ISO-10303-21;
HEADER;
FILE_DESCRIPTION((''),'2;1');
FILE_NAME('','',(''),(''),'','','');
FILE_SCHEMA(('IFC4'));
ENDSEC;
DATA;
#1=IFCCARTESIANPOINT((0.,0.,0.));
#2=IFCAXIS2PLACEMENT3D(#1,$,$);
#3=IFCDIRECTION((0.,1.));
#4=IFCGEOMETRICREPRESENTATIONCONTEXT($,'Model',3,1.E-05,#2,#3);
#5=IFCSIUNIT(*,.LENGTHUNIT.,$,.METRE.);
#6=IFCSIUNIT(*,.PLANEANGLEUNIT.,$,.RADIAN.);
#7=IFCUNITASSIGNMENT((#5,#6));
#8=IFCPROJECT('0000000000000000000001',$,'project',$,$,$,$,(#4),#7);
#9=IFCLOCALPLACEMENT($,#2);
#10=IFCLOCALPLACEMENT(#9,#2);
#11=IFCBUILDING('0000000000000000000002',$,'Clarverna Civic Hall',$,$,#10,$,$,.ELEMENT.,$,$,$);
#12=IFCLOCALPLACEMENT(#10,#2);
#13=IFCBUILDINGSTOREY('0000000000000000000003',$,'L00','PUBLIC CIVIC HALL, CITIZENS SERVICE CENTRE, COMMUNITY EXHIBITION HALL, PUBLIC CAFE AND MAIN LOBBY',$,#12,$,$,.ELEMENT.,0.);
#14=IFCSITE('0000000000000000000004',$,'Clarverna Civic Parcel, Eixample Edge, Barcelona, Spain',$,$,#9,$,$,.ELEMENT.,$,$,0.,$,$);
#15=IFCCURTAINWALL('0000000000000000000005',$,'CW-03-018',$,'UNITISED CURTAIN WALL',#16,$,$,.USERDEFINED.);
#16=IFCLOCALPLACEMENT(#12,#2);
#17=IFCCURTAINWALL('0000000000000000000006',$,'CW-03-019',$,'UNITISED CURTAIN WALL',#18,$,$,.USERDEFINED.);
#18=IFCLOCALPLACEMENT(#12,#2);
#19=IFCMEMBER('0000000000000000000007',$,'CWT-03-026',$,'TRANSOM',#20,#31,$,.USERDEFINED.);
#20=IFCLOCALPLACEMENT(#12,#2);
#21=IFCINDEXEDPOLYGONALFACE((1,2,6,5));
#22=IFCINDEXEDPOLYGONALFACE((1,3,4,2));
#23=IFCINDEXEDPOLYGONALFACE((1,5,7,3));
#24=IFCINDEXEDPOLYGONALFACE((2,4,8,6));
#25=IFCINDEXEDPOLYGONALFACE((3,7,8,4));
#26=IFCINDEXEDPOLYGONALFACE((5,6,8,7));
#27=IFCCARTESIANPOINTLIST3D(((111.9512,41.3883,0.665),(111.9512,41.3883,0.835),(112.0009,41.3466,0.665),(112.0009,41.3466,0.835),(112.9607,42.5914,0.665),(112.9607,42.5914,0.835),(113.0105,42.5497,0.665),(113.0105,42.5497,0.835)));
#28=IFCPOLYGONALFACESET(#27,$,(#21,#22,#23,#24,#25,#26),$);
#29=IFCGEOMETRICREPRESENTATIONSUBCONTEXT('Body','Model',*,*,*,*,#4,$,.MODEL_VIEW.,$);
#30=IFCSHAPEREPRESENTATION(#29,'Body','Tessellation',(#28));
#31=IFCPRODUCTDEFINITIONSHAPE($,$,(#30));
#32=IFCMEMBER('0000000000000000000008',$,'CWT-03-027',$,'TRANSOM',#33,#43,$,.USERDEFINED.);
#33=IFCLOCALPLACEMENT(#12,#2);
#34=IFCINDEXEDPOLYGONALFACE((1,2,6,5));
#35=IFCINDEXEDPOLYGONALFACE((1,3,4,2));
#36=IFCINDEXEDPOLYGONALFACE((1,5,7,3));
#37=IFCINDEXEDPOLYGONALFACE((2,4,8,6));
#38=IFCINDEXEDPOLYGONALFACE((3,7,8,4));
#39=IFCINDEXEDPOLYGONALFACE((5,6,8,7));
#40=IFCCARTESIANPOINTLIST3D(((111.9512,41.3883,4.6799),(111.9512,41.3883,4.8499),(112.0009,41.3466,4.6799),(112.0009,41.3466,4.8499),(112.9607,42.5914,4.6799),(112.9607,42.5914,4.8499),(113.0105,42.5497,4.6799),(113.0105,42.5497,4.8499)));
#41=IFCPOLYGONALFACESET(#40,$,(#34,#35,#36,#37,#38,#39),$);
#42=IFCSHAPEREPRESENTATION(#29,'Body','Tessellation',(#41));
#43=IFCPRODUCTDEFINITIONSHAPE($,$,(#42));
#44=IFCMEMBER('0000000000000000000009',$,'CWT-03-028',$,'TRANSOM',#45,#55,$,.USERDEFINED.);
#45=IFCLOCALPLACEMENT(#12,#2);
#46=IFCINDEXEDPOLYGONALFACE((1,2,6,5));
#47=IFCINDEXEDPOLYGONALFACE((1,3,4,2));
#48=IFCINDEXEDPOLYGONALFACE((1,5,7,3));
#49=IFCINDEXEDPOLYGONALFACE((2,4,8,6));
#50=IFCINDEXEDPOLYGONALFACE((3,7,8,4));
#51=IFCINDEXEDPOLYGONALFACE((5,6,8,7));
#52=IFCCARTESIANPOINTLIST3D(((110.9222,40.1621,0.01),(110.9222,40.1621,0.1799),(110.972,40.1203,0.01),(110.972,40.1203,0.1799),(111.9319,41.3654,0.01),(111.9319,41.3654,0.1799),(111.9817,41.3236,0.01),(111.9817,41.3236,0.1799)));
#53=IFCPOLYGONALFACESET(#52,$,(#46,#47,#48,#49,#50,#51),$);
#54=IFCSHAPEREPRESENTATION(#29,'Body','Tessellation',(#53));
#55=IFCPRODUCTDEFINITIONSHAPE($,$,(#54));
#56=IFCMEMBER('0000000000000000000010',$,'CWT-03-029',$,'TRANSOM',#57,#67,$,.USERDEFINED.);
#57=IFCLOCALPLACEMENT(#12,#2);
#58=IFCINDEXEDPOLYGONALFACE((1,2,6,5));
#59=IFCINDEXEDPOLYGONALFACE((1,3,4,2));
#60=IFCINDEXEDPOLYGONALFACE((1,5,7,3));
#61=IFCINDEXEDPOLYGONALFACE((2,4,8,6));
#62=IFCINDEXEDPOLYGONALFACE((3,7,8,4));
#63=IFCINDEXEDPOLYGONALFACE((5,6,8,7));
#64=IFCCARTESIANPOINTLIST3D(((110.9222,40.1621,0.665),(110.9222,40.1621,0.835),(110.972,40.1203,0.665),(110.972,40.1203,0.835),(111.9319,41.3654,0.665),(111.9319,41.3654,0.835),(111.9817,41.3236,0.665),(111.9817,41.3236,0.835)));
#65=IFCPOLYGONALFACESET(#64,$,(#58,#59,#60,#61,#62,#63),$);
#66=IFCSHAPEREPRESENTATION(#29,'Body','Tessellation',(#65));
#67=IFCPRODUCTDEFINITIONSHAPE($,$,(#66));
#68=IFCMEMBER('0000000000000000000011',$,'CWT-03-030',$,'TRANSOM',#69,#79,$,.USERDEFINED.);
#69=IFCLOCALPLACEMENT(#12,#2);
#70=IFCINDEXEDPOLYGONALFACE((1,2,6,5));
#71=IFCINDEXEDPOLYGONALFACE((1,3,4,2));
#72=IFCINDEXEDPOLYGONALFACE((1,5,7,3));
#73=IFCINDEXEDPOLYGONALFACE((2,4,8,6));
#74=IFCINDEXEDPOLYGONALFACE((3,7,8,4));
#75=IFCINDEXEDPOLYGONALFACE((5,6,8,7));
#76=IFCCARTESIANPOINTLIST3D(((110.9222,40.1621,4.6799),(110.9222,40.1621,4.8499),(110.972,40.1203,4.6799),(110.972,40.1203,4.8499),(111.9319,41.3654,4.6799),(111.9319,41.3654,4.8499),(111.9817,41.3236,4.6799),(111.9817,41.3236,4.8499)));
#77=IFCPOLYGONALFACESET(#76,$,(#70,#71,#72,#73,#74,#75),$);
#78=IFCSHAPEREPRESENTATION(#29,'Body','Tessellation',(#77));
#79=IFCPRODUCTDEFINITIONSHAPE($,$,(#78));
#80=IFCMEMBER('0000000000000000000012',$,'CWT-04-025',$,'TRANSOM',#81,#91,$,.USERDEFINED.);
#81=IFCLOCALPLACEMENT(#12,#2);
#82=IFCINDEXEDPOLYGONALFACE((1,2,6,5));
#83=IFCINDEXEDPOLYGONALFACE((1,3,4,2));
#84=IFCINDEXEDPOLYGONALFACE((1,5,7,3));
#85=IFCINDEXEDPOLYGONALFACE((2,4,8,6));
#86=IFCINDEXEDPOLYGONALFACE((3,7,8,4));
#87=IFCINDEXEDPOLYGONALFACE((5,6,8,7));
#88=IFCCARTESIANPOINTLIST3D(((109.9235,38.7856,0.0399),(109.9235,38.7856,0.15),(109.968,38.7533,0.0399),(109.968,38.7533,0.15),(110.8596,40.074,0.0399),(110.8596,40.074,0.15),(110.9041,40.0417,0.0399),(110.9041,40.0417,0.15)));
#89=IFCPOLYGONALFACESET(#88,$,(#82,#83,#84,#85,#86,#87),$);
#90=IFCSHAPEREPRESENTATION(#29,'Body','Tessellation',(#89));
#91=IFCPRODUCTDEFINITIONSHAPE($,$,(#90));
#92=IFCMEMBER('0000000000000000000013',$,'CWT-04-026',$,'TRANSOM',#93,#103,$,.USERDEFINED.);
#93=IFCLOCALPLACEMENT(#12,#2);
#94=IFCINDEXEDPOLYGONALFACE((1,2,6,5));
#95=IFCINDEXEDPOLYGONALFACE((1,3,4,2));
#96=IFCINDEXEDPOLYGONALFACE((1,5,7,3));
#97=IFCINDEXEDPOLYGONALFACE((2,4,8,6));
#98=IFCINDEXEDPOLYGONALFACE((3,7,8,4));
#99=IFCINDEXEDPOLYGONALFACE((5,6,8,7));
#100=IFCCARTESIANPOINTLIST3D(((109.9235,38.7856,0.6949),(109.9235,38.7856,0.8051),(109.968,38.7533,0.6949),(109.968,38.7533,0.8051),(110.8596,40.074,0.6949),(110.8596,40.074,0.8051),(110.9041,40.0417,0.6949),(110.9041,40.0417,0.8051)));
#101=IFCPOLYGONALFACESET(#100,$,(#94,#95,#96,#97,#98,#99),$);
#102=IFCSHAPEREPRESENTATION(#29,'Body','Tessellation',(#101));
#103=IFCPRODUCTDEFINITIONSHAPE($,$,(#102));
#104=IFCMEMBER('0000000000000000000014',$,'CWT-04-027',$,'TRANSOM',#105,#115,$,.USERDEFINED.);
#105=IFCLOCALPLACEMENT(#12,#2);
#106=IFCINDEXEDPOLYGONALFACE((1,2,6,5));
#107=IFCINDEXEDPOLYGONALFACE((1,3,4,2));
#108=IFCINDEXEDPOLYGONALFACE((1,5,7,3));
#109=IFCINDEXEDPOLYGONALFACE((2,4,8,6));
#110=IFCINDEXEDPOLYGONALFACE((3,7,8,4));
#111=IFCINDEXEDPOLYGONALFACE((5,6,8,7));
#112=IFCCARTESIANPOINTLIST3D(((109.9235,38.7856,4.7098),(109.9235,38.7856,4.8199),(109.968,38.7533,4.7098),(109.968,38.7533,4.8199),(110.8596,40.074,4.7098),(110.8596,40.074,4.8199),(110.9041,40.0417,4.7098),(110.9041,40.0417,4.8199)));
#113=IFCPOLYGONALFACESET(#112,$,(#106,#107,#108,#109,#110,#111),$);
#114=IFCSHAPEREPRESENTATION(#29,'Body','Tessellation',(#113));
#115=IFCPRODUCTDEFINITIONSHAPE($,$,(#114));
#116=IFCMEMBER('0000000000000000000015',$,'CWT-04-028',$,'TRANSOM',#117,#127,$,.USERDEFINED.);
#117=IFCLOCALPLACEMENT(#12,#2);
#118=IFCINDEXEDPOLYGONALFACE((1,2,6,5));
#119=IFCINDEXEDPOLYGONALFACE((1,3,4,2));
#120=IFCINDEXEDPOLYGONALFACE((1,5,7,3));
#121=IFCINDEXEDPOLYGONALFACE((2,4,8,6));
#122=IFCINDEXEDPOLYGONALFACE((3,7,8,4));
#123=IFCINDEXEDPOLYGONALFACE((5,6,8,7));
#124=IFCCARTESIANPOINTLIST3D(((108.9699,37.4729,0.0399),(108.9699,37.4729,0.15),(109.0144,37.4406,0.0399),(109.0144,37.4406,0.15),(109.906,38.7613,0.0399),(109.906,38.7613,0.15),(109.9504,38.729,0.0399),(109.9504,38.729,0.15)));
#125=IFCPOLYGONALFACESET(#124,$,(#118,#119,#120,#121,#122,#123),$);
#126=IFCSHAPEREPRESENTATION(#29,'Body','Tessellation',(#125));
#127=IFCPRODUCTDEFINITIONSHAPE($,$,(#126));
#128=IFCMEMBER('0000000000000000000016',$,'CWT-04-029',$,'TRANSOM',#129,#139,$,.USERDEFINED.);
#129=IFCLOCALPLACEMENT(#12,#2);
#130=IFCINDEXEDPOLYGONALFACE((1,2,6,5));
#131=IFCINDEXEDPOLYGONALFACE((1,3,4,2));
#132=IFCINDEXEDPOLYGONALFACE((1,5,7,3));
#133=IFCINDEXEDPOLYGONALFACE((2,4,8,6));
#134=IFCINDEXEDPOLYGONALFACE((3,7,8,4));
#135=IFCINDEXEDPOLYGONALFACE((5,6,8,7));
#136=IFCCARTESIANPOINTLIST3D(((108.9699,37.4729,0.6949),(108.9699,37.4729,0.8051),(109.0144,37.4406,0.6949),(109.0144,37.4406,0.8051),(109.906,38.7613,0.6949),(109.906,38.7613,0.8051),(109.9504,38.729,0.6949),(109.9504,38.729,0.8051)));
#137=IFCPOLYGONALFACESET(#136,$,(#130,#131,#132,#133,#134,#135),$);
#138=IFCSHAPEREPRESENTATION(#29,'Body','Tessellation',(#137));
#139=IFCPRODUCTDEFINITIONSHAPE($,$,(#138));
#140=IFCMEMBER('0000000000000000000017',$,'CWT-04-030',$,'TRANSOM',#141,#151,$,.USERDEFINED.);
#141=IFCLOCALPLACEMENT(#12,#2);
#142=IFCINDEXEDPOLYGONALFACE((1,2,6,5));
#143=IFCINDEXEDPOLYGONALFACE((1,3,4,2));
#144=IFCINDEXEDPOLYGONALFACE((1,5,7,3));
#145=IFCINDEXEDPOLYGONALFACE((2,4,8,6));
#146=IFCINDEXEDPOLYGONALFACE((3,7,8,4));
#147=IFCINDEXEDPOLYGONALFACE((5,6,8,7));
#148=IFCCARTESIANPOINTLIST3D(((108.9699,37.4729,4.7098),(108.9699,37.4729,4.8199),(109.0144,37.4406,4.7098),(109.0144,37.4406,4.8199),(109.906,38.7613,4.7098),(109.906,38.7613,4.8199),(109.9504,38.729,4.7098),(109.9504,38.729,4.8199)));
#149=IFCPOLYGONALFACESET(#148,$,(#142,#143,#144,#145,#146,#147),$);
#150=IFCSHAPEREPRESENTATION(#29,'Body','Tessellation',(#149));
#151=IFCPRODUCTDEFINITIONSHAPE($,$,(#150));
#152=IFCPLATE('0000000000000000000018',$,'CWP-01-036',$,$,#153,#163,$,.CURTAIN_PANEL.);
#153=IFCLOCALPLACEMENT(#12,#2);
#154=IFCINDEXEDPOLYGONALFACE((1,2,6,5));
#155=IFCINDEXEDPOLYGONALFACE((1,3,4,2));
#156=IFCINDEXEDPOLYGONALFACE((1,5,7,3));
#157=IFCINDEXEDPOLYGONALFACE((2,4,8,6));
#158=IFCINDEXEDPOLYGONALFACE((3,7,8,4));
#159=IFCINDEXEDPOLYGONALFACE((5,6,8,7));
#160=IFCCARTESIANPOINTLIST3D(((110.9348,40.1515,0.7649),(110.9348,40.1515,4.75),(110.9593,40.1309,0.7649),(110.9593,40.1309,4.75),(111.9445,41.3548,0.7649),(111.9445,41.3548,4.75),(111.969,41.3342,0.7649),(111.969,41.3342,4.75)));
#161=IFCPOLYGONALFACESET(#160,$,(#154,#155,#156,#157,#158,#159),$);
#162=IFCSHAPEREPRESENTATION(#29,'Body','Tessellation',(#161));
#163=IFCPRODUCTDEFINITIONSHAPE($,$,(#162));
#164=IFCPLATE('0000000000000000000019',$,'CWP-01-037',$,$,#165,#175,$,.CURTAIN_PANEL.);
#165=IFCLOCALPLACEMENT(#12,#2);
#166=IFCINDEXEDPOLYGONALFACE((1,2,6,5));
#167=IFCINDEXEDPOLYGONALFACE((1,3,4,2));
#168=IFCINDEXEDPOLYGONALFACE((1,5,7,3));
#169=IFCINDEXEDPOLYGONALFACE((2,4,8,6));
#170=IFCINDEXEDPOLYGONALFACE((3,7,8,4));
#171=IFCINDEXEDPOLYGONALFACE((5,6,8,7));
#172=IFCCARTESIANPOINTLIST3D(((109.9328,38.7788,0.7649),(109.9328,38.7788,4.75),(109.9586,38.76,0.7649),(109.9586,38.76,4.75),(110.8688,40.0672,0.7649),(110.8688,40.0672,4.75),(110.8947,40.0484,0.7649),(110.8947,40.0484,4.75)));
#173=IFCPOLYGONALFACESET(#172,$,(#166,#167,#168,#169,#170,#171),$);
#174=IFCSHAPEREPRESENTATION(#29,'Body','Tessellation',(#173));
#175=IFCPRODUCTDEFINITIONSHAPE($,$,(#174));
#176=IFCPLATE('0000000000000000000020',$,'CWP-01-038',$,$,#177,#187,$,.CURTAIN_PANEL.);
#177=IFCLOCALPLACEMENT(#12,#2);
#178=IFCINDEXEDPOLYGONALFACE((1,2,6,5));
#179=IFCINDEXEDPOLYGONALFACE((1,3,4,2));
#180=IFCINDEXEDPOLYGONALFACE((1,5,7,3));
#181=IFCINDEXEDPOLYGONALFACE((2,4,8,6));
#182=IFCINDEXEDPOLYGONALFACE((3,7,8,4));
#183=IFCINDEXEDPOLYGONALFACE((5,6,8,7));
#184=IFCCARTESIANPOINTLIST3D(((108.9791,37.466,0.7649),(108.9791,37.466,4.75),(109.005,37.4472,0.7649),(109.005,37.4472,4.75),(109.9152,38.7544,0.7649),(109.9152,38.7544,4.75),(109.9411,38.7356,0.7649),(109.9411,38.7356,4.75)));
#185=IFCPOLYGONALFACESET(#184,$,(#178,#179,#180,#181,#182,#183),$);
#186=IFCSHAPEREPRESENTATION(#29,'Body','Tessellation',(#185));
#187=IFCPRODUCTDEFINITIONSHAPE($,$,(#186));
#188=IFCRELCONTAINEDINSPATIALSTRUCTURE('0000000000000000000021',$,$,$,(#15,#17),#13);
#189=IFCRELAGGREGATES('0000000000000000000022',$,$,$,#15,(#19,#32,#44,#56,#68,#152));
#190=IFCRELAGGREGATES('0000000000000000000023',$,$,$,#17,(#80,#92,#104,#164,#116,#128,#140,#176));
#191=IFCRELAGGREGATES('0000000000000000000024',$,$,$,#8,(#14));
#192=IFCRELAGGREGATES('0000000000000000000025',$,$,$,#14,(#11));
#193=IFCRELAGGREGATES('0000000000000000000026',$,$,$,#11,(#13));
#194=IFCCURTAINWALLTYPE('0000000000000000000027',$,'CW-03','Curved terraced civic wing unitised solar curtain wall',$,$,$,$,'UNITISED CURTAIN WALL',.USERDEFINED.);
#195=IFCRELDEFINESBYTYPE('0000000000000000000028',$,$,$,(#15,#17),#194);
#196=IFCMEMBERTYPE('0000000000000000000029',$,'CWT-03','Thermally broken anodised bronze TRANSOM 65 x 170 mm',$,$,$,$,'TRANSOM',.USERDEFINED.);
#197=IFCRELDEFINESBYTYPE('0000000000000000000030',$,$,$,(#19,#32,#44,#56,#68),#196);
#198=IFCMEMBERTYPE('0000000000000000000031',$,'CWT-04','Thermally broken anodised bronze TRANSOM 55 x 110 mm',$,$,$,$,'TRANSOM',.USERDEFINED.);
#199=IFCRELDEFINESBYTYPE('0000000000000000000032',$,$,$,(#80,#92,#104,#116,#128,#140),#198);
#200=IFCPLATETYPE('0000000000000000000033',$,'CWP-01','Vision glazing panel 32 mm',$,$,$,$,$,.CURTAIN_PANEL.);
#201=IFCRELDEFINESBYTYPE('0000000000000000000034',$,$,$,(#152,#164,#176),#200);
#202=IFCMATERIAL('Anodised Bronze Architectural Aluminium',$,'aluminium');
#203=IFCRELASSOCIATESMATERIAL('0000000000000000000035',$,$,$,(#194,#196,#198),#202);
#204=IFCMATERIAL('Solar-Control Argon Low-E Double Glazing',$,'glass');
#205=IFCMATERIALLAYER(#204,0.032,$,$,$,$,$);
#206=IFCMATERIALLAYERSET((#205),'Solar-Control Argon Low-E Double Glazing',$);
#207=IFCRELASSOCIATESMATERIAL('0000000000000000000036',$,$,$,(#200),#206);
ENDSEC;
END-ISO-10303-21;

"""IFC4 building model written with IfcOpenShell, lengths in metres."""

from ifc_helpers import new_model, si_unit, direction, frame, frame_2d, origin, origin_2d, place, context, subcontext, project, spatial, rectangle, extrude, material, layer, layer_set, material_profile, profile_set, type_object, element, aggregate, save


model = new_model("IFC4")

# Units and contexts
model_context = context("Model", 3, precision=1e-05, world=origin(), true_north=direction((0.0, 1.0)))
body_context = subcontext(model_context, "Body", "Model", "MODEL_VIEW")
ifc_project = project(units=[si_unit("LENGTHUNIT", "METRE"), si_unit("PLANEANGLEUNIT", "RADIAN")], contexts=[model_context])

# Site, building, storey
site_placement = place(None, origin())
site = spatial("IfcSite", under=ifc_project, at=site_placement, Name="Clarverna Civic Parcel, Eixample Edge, Barcelona, Spain", CompositionType="ELEMENT", RefElevation=0.0)
building_placement = place(site_placement, origin())
building = spatial("IfcBuilding", under=site, at=building_placement, Name="Clarverna Civic Hall", CompositionType="ELEMENT")
storey_placement = place(building_placement, origin())
storey = spatial("IfcBuildingStorey", under=building, at=storey_placement, Name="L00", Description="PUBLIC CIVIC HALL, CITIZENS SERVICE CENTRE, COMMUNITY EXHIBITION HALL, PUBLIC CAFE AND MAIN LOBBY", CompositionType="ELEMENT", Elevation=0.0)

# Curtain walls
ifc_material_1 = material(Name="Anodised Bronze Architectural Aluminium", Category="aluminium")
curtain_wall_type = type_object("IfcCurtainWallType", Name="CW-03", Description="Curved terraced civic wing unitised solar curtain wall", ElementType="UNITISED CURTAIN WALL", PredefinedType="USERDEFINED", material=ifc_material_1)
curtain_wall_1_placement = place(storey_placement, origin())
curtain_wall_1 = element("IfcCurtainWall", 1, at=curtain_wall_1_placement, inside=storey, type_object=curtain_wall_type, Name="CW-03-018", ObjectType="UNITISED CURTAIN WALL", PredefinedType="USERDEFINED")
curtain_wall_2_placement = place(storey_placement, origin())
curtain_wall_2 = element("IfcCurtainWall", 2, at=curtain_wall_2_placement, inside=storey, type_object=curtain_wall_type, Name="CW-03-019", ObjectType="UNITISED CURTAIN WALL", PredefinedType="USERDEFINED")

# Members
ifc_material_profile_1 = material_profile(ifc_material_1, rectangle(XDim=0.0649, YDim=0.1699, at=origin_2d()), Name="BRONZE 65x170")
ifc_profile_set_1 = profile_set([ifc_material_profile_1], Name="Anodised Bronze Architectural Aluminium")
member_type_1 = type_object("IfcMemberType", Name="CWT-03", Description="Thermally broken anodised bronze TRANSOM 65 x 170 mm", ElementType="TRANSOM", PredefinedType="USERDEFINED", material=ifc_profile_set_1)
member_1_placement = place(storey_placement, frame((112.9856, 42.5706, 0.75), z_axis=(-0.64278, -0.766051, 0.0), x_axis=(0.766051, -0.64278, 0.0)))
member_1 = element("IfcMember", 3, at=member_1_placement, type_object=member_type_1, Name="CWT-03-026", ObjectType="TRANSOM", PredefinedType="USERDEFINED", context=body_context, shape_type="SweptSolid", body=[
    extrude(rectangle(XDim=0.0649, YDim=0.1699, at=origin_2d()), origin(), (0.0, 0.0, 1.0), 1.5706),
])
member_2_placement = place(storey_placement, frame((112.9856, 42.5706, 4.7649), z_axis=(-0.64278, -0.766051, 0.0), x_axis=(0.766051, -0.64278, 0.0)))
member_2 = element("IfcMember", 4, at=member_2_placement, type_object=member_type_1, Name="CWT-03-027", ObjectType="TRANSOM", PredefinedType="USERDEFINED", context=body_context, shape_type="SweptSolid", body=[
    extrude(rectangle(XDim=0.0649, YDim=0.1699, at=origin_2d()), origin(), (0.0, 0.0, 1.0), 1.5706),
])
member_3_placement = place(storey_placement, frame((111.9568, 41.3445, 0.095), z_axis=(-0.642795, -0.766038, 0.0), x_axis=(0.766038, -0.642795, 0.0)))
member_3 = element("IfcMember", 5, at=member_3_placement, type_object=member_type_1, Name="CWT-03-028", ObjectType="TRANSOM", PredefinedType="USERDEFINED", context=body_context, shape_type="SweptSolid", body=[
    extrude(rectangle(XDim=0.0649, YDim=0.1699, at=origin_2d()), origin(), (0.0, 0.0, 1.0), 1.5708),
])
member_4_placement = place(storey_placement, frame((111.9568, 41.3445, 0.75), z_axis=(-0.642795, -0.766038, 0.0), x_axis=(0.766038, -0.642795, 0.0)))
member_4 = element("IfcMember", 6, at=member_4_placement, type_object=member_type_1, Name="CWT-03-029", ObjectType="TRANSOM", PredefinedType="USERDEFINED", context=body_context, shape_type="SweptSolid", body=[
    extrude(rectangle(XDim=0.0649, YDim=0.1699, at=origin_2d()), origin(), (0.0, 0.0, 1.0), 1.5708),
])
member_5_placement = place(storey_placement, frame((111.9568, 41.3445, 4.7649), z_axis=(-0.642795, -0.766038, 0.0), x_axis=(0.766038, -0.642795, 0.0)))
member_5 = element("IfcMember", 7, at=member_5_placement, type_object=member_type_1, Name="CWT-03-030", ObjectType="TRANSOM", PredefinedType="USERDEFINED", context=body_context, shape_type="SweptSolid", body=[
    extrude(rectangle(XDim=0.0649, YDim=0.1699, at=origin_2d()), origin(), (0.0, 0.0, 1.0), 1.5708),
])
ifc_material_profile_2 = material_profile(ifc_material_1, rectangle(XDim=0.0549, YDim=0.1101, at=origin_2d()), Name="BRONZE 55x110")
ifc_profile_set_2 = profile_set([ifc_material_profile_2], Name="Anodised Bronze Architectural Aluminium")
member_type_2 = type_object("IfcMemberType", Name="CWT-04", Description="Thermally broken anodised bronze TRANSOM 55 x 110 mm", ElementType="TRANSOM", PredefinedType="USERDEFINED", material=ifc_profile_set_2)
member_6_placement = place(storey_placement, frame((110.8818, 40.0579, 0.095), z_axis=(-0.587789, -0.809014, 0.0), x_axis=(0.809014, -0.587789, 0.0)))
member_6 = element("IfcMember", 8, at=member_6_placement, type_object=member_type_2, Name="CWT-04-025", ObjectType="TRANSOM", PredefinedType="USERDEFINED", context=body_context, shape_type="SweptSolid", body=[
    extrude(rectangle(XDim=0.0549, YDim=0.1101, at=origin_2d()), origin(), (0.0, 0.0, 1.0), 1.5925),
])
member_7_placement = place(storey_placement, frame((110.8818, 40.0579, 0.75), z_axis=(-0.587789, -0.809014, 0.0), x_axis=(0.809014, -0.587789, 0.0)))
member_7 = element("IfcMember", 9, at=member_7_placement, type_object=member_type_2, Name="CWT-04-026", ObjectType="TRANSOM", PredefinedType="USERDEFINED", context=body_context, shape_type="SweptSolid", body=[
    extrude(rectangle(XDim=0.0549, YDim=0.1101, at=origin_2d()), origin(), (0.0, 0.0, 1.0), 1.5925),
])
member_8_placement = place(storey_placement, frame((110.8818, 40.0579, 4.7649), z_axis=(-0.587789, -0.809014, 0.0), x_axis=(0.809014, -0.587789, 0.0)))
member_8 = element("IfcMember", 10, at=member_8_placement, type_object=member_type_2, Name="CWT-04-027", ObjectType="TRANSOM", PredefinedType="USERDEFINED", context=body_context, shape_type="SweptSolid", body=[
    extrude(rectangle(XDim=0.0549, YDim=0.1101, at=origin_2d()), origin(), (0.0, 0.0, 1.0), 1.5925),
])
member_9_placement = place(storey_placement, frame((109.9282, 38.7451, 0.095), z_axis=(-0.587789, -0.809014, 0.0), x_axis=(0.809014, -0.587789, 0.0)))
member_9 = element("IfcMember", 11, at=member_9_placement, type_object=member_type_2, Name="CWT-04-028", ObjectType="TRANSOM", PredefinedType="USERDEFINED", context=body_context, shape_type="SweptSolid", body=[
    extrude(rectangle(XDim=0.0549, YDim=0.1101, at=origin_2d()), origin(), (0.0, 0.0, 1.0), 1.5925),
])
member_10_placement = place(storey_placement, frame((109.9282, 38.7451, 0.75), z_axis=(-0.587789, -0.809014, 0.0), x_axis=(0.809014, -0.587789, 0.0)))
member_10 = element("IfcMember", 12, at=member_10_placement, type_object=member_type_2, Name="CWT-04-029", ObjectType="TRANSOM", PredefinedType="USERDEFINED", context=body_context, shape_type="SweptSolid", body=[
    extrude(rectangle(XDim=0.0549, YDim=0.1101, at=origin_2d()), origin(), (0.0, 0.0, 1.0), 1.5925),
])
member_11_placement = place(storey_placement, frame((109.9282, 38.7451, 4.7649), z_axis=(-0.587789, -0.809014, 0.0), x_axis=(0.809014, -0.587789, 0.0)))
member_11 = element("IfcMember", 13, at=member_11_placement, type_object=member_type_2, Name="CWT-04-030", ObjectType="TRANSOM", PredefinedType="USERDEFINED", context=body_context, shape_type="SweptSolid", body=[
    extrude(rectangle(XDim=0.0549, YDim=0.1101, at=origin_2d()), origin(), (0.0, 0.0, 1.0), 1.5925),
])

# Plates
ifc_material_2 = material(Name="Solar-Control Argon Low-E Double Glazing", Category="glass")
ifc_layer_1 = layer(ifc_material_2, 0.032)
ifc_layer_set_1 = layer_set([ifc_layer_1], Name="Solar-Control Argon Low-E Double Glazing")
plate_type_1 = type_object("IfcPlateType", Name="CWP-01", Description="Vision glazing panel 32 mm", PredefinedType="CURTAIN_PANEL", material=ifc_layer_set_1)
plate_1_placement = place(storey_placement, frame((111.9568, 41.3445, 0.7649), z_axis=(0.0, 0.0, 1.0), x_axis=(-0.642795, -0.766038, 0.0)))
plate_1 = element("IfcPlate", 14, at=plate_1_placement, type_object=plate_type_1, Name="CWP-01-036", PredefinedType="CURTAIN_PANEL", context=body_context, shape_type="SweptSolid", body=[
    extrude(rectangle(XDim=1.5708, YDim=0.032, at=frame_2d((0.7854, 0.0))), origin(), (0.0, 0.0, 1.0), 3.9851),
])
plate_2_placement = place(storey_placement, frame((110.8818, 40.0579, 0.7649), z_axis=(0.0, 0.0, 1.0), x_axis=(-0.587789, -0.809014, 0.0)))
plate_2 = element("IfcPlate", 15, at=plate_2_placement, type_object=plate_type_1, Name="CWP-01-037", PredefinedType="CURTAIN_PANEL", context=body_context, shape_type="SweptSolid", body=[
    extrude(rectangle(XDim=1.5925, YDim=0.032, at=frame_2d((0.7964, 0.0))), origin(), (0.0, 0.0, 1.0), 3.9851),
])
plate_3_placement = place(storey_placement, frame((109.9282, 38.7451, 0.7649), z_axis=(0.0, 0.0, 1.0), x_axis=(-0.587789, -0.809014, 0.0)))
plate_3 = element("IfcPlate", 16, at=plate_3_placement, type_object=plate_type_1, Name="CWP-01-038", PredefinedType="CURTAIN_PANEL", context=body_context, shape_type="SweptSolid", body=[
    extrude(rectangle(XDim=1.5925, YDim=0.032, at=frame_2d((0.7964, 0.0))), origin(), (0.0, 0.0, 1.0), 3.9851),
])
aggregate(curtain_wall_1, [member_1, member_2, member_3, member_4, member_5, plate_1])
aggregate(curtain_wall_2, [member_6, member_7, member_8, plate_2, member_9, member_10, member_11, plate_3])

save(model, "model.ifc")
